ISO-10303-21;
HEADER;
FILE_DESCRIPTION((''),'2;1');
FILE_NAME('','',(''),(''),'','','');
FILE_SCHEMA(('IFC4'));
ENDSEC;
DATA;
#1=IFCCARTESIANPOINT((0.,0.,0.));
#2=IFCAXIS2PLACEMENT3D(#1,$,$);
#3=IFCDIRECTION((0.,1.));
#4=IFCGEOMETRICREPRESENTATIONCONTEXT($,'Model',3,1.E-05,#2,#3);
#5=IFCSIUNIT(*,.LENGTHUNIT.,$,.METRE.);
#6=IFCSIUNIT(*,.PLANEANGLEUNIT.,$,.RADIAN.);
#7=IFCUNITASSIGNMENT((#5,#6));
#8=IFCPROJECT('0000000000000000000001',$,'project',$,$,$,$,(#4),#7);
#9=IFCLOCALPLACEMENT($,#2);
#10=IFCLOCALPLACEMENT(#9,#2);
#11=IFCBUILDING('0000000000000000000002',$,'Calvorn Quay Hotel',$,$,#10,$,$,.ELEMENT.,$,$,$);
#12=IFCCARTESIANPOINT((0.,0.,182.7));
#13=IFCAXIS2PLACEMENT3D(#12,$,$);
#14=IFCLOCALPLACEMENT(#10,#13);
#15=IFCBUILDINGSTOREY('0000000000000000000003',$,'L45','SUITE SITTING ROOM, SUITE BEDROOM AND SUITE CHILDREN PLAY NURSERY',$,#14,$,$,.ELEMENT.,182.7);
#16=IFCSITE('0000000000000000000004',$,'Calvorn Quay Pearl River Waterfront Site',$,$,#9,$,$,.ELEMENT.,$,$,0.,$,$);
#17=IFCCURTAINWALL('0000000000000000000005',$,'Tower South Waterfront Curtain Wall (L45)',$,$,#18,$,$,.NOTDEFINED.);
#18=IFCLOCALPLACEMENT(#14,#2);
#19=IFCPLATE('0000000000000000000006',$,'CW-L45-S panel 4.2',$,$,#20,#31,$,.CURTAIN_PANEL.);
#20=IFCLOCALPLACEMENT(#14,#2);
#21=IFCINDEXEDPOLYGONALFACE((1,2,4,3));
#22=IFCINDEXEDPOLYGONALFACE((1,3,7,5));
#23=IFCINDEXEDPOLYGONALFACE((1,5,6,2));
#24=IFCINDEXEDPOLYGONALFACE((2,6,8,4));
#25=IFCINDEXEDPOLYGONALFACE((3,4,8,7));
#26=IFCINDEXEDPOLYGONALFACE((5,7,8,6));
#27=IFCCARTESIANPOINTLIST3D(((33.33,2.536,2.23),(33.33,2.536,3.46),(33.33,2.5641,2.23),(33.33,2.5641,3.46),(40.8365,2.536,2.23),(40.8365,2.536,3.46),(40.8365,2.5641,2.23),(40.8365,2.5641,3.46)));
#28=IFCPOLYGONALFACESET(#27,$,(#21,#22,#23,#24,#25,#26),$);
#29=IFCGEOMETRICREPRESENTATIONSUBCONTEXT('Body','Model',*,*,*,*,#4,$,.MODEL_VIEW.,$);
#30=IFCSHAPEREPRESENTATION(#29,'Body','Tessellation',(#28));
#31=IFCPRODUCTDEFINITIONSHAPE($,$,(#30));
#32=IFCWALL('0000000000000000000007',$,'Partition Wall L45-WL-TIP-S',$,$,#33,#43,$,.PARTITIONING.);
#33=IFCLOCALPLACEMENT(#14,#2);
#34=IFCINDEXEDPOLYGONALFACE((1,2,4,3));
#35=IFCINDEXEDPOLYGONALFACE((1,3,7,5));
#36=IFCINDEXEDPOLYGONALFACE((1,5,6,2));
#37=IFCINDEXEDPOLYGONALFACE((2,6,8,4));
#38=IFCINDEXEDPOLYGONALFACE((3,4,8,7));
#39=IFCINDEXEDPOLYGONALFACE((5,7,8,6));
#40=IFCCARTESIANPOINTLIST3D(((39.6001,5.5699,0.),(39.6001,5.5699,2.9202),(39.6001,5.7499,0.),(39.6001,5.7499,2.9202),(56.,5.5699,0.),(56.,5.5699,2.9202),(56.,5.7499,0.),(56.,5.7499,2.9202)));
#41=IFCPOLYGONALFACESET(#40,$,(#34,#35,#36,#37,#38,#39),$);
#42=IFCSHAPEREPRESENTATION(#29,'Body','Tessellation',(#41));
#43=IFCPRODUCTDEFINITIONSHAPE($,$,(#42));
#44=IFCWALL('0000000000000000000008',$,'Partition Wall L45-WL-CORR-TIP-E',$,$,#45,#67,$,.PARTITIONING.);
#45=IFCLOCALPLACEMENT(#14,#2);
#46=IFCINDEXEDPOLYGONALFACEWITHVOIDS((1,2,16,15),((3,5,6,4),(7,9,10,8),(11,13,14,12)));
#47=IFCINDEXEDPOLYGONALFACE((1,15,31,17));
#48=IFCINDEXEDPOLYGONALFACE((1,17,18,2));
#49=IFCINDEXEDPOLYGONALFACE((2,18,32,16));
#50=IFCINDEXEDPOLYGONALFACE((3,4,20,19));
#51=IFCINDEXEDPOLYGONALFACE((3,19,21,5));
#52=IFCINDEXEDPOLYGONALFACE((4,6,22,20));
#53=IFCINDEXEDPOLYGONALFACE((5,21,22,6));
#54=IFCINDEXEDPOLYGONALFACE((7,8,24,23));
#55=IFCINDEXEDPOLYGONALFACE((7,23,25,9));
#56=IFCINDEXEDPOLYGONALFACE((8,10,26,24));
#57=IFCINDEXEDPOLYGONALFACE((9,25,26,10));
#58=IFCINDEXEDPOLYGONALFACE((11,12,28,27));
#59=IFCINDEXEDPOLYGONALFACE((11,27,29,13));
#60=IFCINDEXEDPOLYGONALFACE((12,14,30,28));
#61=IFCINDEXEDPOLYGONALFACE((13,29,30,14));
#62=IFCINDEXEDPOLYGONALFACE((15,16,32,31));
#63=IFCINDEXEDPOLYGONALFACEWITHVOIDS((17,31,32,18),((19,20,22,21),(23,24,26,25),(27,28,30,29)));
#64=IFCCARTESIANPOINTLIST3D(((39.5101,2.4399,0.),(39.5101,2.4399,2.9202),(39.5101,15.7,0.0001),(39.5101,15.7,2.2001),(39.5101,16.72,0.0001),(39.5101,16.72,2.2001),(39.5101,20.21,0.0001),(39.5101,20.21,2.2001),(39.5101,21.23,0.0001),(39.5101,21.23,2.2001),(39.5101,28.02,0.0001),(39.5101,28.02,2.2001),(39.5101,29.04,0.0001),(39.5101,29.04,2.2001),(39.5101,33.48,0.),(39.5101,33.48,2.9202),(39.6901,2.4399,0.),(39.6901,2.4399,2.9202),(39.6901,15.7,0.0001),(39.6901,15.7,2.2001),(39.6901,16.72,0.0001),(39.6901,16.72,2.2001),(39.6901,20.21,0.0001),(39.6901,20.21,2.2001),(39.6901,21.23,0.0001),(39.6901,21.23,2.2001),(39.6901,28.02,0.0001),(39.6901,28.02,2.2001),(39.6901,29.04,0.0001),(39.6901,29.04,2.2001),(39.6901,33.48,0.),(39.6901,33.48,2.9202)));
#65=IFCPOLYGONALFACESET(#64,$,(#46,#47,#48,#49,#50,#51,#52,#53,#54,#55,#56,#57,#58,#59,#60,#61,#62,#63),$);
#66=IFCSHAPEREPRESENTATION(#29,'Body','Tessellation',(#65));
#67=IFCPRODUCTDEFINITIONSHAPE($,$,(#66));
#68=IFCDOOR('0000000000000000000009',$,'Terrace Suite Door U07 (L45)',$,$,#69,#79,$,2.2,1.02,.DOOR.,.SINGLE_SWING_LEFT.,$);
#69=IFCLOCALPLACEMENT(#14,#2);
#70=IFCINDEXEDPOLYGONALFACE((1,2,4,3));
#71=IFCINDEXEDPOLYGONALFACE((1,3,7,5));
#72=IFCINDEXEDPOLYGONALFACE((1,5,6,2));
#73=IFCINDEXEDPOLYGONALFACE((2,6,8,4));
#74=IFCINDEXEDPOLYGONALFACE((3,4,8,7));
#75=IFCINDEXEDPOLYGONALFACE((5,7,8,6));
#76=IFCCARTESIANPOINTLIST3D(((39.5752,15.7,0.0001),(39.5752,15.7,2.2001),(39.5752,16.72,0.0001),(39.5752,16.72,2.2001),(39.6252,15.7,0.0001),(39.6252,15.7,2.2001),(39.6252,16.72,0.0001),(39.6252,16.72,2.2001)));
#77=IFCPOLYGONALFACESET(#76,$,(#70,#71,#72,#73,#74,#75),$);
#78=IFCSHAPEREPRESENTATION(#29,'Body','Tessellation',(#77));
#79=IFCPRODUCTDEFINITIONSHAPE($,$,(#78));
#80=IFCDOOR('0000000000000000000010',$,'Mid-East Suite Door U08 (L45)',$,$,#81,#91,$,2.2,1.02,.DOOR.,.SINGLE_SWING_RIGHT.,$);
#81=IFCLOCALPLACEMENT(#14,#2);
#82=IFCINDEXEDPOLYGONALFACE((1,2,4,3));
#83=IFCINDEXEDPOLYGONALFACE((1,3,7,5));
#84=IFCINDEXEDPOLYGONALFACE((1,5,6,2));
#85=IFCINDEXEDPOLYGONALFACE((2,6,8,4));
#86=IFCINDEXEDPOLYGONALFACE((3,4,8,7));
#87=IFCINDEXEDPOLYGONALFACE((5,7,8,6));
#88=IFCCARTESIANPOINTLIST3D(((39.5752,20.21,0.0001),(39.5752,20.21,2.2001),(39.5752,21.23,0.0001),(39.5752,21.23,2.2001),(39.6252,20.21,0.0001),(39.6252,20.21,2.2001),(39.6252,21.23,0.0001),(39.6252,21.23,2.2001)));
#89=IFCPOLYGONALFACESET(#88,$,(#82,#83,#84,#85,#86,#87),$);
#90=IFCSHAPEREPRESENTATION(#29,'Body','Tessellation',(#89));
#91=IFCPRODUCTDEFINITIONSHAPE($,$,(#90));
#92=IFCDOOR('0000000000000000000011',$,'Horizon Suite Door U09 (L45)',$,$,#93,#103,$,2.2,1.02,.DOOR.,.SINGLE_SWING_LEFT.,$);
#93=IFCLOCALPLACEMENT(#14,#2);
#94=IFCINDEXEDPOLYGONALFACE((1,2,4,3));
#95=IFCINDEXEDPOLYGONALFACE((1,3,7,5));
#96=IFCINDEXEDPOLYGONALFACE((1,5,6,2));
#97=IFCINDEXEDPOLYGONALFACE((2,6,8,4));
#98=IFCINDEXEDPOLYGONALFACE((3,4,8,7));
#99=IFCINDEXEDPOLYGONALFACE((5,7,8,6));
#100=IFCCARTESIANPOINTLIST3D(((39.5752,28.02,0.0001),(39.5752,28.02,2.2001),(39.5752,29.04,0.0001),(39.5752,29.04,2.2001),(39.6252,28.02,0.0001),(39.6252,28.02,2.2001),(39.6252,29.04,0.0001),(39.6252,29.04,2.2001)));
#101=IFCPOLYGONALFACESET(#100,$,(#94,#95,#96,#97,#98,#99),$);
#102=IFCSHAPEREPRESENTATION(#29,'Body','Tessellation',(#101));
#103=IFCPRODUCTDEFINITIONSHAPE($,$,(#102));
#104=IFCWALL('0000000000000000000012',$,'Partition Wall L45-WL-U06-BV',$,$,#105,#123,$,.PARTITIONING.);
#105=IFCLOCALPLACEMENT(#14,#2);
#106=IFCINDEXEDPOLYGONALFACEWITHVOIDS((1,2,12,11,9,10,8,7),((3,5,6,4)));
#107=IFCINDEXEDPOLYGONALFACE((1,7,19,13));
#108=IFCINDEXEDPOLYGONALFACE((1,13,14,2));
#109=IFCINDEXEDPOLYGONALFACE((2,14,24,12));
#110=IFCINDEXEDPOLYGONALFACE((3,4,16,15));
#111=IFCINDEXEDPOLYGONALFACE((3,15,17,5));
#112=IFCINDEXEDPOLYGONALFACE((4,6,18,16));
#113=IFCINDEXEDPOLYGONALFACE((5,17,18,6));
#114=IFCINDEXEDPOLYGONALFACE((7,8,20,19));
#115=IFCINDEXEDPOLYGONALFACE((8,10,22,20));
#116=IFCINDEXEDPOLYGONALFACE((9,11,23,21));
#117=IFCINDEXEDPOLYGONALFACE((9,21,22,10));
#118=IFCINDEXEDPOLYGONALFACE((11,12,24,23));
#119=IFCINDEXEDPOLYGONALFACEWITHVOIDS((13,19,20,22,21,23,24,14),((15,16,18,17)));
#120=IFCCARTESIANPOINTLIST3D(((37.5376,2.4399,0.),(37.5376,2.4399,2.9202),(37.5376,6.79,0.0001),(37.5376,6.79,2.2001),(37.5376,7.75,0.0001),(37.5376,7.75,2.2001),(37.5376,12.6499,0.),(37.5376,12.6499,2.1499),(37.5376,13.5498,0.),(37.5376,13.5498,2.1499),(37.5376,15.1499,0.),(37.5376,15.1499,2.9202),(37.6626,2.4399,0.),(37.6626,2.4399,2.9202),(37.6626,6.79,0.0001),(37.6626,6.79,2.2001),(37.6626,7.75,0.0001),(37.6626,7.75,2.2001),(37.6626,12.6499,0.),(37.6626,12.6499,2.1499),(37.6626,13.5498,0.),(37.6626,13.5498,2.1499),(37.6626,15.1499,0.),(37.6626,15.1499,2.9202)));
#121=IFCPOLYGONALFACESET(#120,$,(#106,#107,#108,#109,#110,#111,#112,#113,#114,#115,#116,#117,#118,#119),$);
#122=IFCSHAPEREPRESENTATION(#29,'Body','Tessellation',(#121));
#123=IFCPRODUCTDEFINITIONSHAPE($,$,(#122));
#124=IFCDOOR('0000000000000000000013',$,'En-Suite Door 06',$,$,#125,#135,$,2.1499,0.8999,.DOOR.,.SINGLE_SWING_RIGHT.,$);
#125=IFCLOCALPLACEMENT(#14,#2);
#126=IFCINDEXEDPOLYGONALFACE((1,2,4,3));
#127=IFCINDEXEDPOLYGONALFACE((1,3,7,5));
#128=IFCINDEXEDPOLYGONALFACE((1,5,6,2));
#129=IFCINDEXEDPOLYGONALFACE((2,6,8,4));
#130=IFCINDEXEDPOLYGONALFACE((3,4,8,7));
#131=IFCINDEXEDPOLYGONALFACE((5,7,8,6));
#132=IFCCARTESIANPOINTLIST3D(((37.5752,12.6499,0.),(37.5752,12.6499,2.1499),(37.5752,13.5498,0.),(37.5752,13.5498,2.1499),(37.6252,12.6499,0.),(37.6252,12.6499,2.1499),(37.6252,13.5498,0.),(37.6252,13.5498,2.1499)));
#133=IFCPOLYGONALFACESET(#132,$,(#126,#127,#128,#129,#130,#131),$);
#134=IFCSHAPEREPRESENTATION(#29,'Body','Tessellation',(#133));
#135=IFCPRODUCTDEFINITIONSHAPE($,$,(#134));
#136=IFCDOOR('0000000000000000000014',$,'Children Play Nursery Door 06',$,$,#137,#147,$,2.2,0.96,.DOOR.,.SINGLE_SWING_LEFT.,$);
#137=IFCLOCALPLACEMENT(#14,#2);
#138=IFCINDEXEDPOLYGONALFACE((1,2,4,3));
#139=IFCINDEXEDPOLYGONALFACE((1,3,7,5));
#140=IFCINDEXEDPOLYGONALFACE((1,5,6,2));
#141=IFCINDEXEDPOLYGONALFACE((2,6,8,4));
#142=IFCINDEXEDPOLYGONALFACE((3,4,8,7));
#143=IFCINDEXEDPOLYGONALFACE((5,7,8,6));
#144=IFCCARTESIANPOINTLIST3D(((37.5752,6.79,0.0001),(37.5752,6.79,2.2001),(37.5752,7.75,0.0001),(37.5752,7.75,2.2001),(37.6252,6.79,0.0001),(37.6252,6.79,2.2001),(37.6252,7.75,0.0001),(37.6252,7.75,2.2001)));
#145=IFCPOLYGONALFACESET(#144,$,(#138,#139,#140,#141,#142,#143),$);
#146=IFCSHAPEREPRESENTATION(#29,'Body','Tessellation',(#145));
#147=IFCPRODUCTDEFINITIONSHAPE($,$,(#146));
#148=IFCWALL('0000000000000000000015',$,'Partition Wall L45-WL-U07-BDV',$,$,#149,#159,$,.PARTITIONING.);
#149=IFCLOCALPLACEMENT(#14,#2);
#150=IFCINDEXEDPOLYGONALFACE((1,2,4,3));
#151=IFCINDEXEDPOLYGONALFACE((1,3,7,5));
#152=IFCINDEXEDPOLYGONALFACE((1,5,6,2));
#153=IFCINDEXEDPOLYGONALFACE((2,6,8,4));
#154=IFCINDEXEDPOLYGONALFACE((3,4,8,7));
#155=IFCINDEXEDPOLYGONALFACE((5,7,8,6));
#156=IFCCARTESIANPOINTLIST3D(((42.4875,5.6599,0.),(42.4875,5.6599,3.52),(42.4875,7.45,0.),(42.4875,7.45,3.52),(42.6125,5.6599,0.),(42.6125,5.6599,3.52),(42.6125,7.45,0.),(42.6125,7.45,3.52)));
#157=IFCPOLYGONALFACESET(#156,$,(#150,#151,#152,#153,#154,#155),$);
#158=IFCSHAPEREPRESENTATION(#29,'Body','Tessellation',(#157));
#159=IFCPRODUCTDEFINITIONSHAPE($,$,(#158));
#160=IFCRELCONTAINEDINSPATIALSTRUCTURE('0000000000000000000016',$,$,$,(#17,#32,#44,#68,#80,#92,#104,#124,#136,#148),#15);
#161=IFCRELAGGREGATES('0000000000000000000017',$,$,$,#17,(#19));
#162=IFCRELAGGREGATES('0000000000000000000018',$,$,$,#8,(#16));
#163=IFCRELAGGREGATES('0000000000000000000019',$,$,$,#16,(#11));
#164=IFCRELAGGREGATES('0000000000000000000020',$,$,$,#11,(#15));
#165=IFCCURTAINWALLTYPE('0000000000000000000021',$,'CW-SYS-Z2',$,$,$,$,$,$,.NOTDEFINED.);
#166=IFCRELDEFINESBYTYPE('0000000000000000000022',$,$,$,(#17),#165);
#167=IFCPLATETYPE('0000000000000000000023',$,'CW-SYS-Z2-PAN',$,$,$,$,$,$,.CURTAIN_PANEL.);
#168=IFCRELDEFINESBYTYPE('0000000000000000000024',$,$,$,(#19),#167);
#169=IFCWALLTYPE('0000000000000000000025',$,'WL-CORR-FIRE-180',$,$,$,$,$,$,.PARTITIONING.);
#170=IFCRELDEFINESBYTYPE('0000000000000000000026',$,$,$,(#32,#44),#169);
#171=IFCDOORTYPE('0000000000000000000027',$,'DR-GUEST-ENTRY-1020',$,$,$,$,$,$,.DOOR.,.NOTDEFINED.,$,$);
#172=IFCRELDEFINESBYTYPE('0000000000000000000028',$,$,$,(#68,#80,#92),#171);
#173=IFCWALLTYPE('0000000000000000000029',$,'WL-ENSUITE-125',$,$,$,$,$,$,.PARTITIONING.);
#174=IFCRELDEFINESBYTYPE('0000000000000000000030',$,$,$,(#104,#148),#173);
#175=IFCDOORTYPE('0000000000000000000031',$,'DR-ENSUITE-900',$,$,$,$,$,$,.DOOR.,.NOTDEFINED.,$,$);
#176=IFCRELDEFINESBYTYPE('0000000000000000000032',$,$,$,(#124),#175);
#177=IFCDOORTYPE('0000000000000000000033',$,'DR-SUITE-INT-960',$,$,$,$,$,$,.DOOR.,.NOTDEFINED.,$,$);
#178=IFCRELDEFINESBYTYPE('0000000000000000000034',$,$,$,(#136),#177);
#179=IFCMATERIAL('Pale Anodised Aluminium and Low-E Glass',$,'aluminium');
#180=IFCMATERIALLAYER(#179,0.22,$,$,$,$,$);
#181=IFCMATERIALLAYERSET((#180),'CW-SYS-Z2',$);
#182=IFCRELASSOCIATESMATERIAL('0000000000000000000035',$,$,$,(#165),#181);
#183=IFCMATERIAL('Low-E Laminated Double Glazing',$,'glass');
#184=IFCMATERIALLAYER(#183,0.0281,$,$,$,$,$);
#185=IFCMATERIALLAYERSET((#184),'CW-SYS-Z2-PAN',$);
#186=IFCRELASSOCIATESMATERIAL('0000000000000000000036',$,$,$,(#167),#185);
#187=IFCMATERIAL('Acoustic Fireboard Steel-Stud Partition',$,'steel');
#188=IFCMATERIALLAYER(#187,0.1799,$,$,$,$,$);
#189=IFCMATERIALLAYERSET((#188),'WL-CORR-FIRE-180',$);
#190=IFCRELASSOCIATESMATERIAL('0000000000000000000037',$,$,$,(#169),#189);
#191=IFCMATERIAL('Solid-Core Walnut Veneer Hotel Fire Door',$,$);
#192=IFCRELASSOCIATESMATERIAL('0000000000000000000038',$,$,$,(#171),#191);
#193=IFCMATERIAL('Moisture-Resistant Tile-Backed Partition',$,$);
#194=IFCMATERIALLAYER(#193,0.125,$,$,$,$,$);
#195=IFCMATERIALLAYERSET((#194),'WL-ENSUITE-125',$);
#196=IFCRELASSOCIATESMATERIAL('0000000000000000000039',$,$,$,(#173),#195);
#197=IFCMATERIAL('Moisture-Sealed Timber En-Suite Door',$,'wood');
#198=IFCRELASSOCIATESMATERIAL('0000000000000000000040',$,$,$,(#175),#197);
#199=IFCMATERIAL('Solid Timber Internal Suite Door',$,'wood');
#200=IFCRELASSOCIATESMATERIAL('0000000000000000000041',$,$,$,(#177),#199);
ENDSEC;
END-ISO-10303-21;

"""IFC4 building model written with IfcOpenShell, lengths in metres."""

from ifc_helpers import new_model, si_unit, direction, frame, frame_2d, origin, origin_2d, place, context, subcontext, project, spatial, rectangle, extrude, material, layer, layer_set, type_object, element, fill, aggregate, save


model = new_model("IFC4")

# Units and contexts
model_context = context("Model", 3, precision=1e-05, world=origin(), true_north=direction((0.0, 1.0)))
body_context = subcontext(model_context, "Body", "Model", "MODEL_VIEW")
ifc_project = project(units=[si_unit("LENGTHUNIT", "METRE"), si_unit("PLANEANGLEUNIT", "RADIAN")], contexts=[model_context])

# Site, building, storey
site_placement = place(None, origin())
site = spatial("IfcSite", under=ifc_project, at=site_placement, Name="Calvorn Quay Pearl River Waterfront Site", CompositionType="ELEMENT", RefElevation=0.0)
building_placement = place(site_placement, origin())
building = spatial("IfcBuilding", under=site, at=building_placement, Name="Calvorn Quay Hotel", CompositionType="ELEMENT")
storey_placement = place(building_placement, frame((0.0, 0.0, 182.7)))
storey = spatial("IfcBuildingStorey", under=building, at=storey_placement, Name="L45", Description="SUITE SITTING ROOM, SUITE BEDROOM AND SUITE CHILDREN PLAY NURSERY", CompositionType="ELEMENT", Elevation=182.7)

# Curtain wall, plate
ifc_material_1 = material(Name="Pale Anodised Aluminium and Low-E Glass", Category="aluminium")
ifc_layer_1 = layer(ifc_material_1, 0.22)
ifc_layer_set_1 = layer_set([ifc_layer_1], Name="CW-SYS-Z2")
curtain_wall_type = type_object("IfcCurtainWallType", Name="CW-SYS-Z2", PredefinedType="NOTDEFINED", material=ifc_layer_set_1)
curtain_wall_placement = place(storey_placement, origin())
curtain_wall = element("IfcCurtainWall", 1, at=curtain_wall_placement, inside=storey, type_object=curtain_wall_type, Name="Tower South Waterfront Curtain Wall (L45)", PredefinedType="NOTDEFINED")
ifc_material_2 = material(Name="Low-E Laminated Double Glazing", Category="glass")
ifc_layer_2 = layer(ifc_material_2, 0.0281)
ifc_layer_set_2 = layer_set([ifc_layer_2], Name="CW-SYS-Z2-PAN")
plate_type = type_object("IfcPlateType", Name="CW-SYS-Z2-PAN", PredefinedType="CURTAIN_PANEL", material=ifc_layer_set_2)
plate_1_placement = place(storey_placement, frame((37.0833, 2.55, 2.23), z_axis=(0.0, 0.0, 1.0), x_axis=(1.0, 0.0, 0.0)))
plate_1 = element("IfcPlate", 2, at=plate_1_placement, type_object=plate_type, Name="CW-L45-S panel 4.2", PredefinedType="CURTAIN_PANEL", context=body_context, shape_type="SweptSolid", body=[
    extrude(rectangle(XDim=7.5066, YDim=0.0281, at=origin_2d()), origin(), (0.0, 0.0, 1.0), 1.23),
])
aggregate(curtain_wall, [plate_1])

# Wall
ifc_material_3 = material(Name="Acoustic Fireboard Steel-Stud Partition", Category="steel")
ifc_layer_3 = layer(ifc_material_3, 0.1799)
ifc_layer_set_3 = layer_set([ifc_layer_3], Name="WL-CORR-FIRE-180")
wall_type_1 = type_object("IfcWallType", Name="WL-CORR-FIRE-180", PredefinedType="PARTITIONING", material=ifc_layer_set_3)
wall_1_placement = place(storey_placement, frame((39.6001, 5.6599, 0.0), z_axis=(0.0, 0.0, 1.0), x_axis=(1.0, 0.0, 0.0)))
element("IfcWall", 3, at=wall_1_placement, inside=storey, type_object=wall_type_1, Name="Partition Wall L45-WL-TIP-S", PredefinedType="PARTITIONING", context=body_context, shape_type="SweptSolid", body=[
    extrude(rectangle(XDim=16.3999, YDim=0.1799, at=frame_2d((8.2, 0.0))), origin(), (0.0, 0.0, 1.0), 2.9202),
])

# Walls, openings, doors
wall_2_placement = place(storey_placement, frame((39.6001, 2.4399, 0.0), z_axis=(0.0, 0.0, 1.0), x_axis=(0.0, 1.0, 0.0)))
wall_2 = element("IfcWall", 4, at=wall_2_placement, inside=storey, type_object=wall_type_1, Name="Partition Wall L45-WL-CORR-TIP-E", PredefinedType="PARTITIONING", context=body_context, shape_type="SweptSolid", body=[
    extrude(rectangle(XDim=31.04, YDim=0.1799, at=frame_2d((15.52, 0.0))), origin(), (0.0, 0.0, 1.0), 2.9202),
])
opening_1_placement = place(wall_2_placement, frame((13.26, 0.0, 0.0)))
opening_1 = element("IfcOpeningElement", 5, at=opening_1_placement, cuts=wall_2, PredefinedType="OPENING", context=body_context, shape_type="SweptSolid", body=[
    extrude(rectangle(XDim=1.02, YDim=2.2, at=frame_2d((0.51, 1.1001))), frame((0.0, 0.0999, 0.0), z_axis=(0.0, -1.0, 0.0), x_axis=(1.0, 0.0, 0.0)), (0.0, 0.0, 1.0), 0.2),
])
opening_2_placement = place(wall_2_placement, frame((17.77, 0.0, 0.0)))
opening_2 = element("IfcOpeningElement", 6, at=opening_2_placement, cuts=wall_2, PredefinedType="OPENING", context=body_context, shape_type="SweptSolid", body=[
    extrude(rectangle(XDim=1.02, YDim=2.2, at=frame_2d((0.51, 1.1001))), frame((0.0, 0.0999, 0.0), z_axis=(0.0, -1.0, 0.0), x_axis=(1.0, 0.0, 0.0)), (0.0, 0.0, 1.0), 0.2),
])
opening_3_placement = place(wall_2_placement, frame((25.5801, 0.0, 0.0)))
opening_3 = element("IfcOpeningElement", 7, at=opening_3_placement, cuts=wall_2, PredefinedType="OPENING", context=body_context, shape_type="SweptSolid", body=[
    extrude(rectangle(XDim=1.02, YDim=2.2, at=frame_2d((0.51, 1.1001))), frame((0.0, 0.0999, 0.0), z_axis=(0.0, -1.0, 0.0), x_axis=(1.0, 0.0, 0.0)), (0.0, 0.0, 1.0), 0.2),
])
ifc_material_4 = material(Name="Solid-Core Walnut Veneer Hotel Fire Door")
door_type_1 = type_object("IfcDoorType", Name="DR-GUEST-ENTRY-1020", OperationType="NOTDEFINED", PredefinedType="DOOR", material=ifc_material_4)
door_1_placement = place(opening_1_placement, origin())
door_1 = element("IfcDoor", 8, at=door_1_placement, inside=storey, type_object=door_type_1, Name="Terrace Suite Door U07 (L45)", OperationType="SINGLE_SWING_LEFT", OverallHeight=2.2, OverallWidth=1.02, PredefinedType="DOOR", context=body_context, shape_type="SweptSolid", body=[
    extrude(rectangle(XDim=1.02, YDim=2.2, at=frame_2d((0.51, 1.1001))), frame((0.0, 0.0249, 0.0), z_axis=(0.0, -1.0, 0.0), x_axis=(1.0, 0.0, 0.0)), (0.0, 0.0, 1.0), 0.05),
])
fill(opening_1, door_1)
door_2_placement = place(opening_2_placement, origin())
door_2 = element("IfcDoor", 9, at=door_2_placement, inside=storey, type_object=door_type_1, Name="Mid-East Suite Door U08 (L45)", OperationType="SINGLE_SWING_RIGHT", OverallHeight=2.2, OverallWidth=1.02, PredefinedType="DOOR", context=body_context, shape_type="SweptSolid", body=[
    extrude(rectangle(XDim=1.02, YDim=2.2, at=frame_2d((0.51, 1.1001))), frame((0.0, 0.0249, 0.0), z_axis=(0.0, -1.0, 0.0), x_axis=(1.0, 0.0, 0.0)), (0.0, 0.0, 1.0), 0.05),
])
fill(opening_2, door_2)
door_3_placement = place(opening_3_placement, origin())
door_3 = element("IfcDoor", 10, at=door_3_placement, inside=storey, type_object=door_type_1, Name="Horizon Suite Door U09 (L45)", OperationType="SINGLE_SWING_LEFT", OverallHeight=2.2, OverallWidth=1.02, PredefinedType="DOOR", context=body_context, shape_type="SweptSolid", body=[
    extrude(rectangle(XDim=1.02, YDim=2.2, at=frame_2d((0.51, 1.1001))), frame((0.0, 0.0249, 0.0), z_axis=(0.0, -1.0, 0.0), x_axis=(1.0, 0.0, 0.0)), (0.0, 0.0, 1.0), 0.05),
])
fill(opening_3, door_3)
ifc_material_5 = material(Name="Moisture-Resistant Tile-Backed Partition")
ifc_layer_4 = layer(ifc_material_5, 0.125)
ifc_layer_set_4 = layer_set([ifc_layer_4], Name="WL-ENSUITE-125")
wall_type_2 = type_object("IfcWallType", Name="WL-ENSUITE-125", PredefinedType="PARTITIONING", material=ifc_layer_set_4)
wall_3_placement = place(storey_placement, frame((37.6001, 2.4399, 0.0), z_axis=(0.0, 0.0, 1.0), x_axis=(0.0, 1.0, 0.0)))
wall_3 = element("IfcWall", 11, at=wall_3_placement, inside=storey, type_object=wall_type_2, Name="Partition Wall L45-WL-U06-BV", PredefinedType="PARTITIONING", context=body_context, shape_type="SweptSolid", body=[
    extrude(rectangle(XDim=12.71, YDim=0.125, at=frame_2d((6.355, 0.0))), origin(), (0.0, 0.0, 1.0), 2.9202),
])
opening_4_placement = place(wall_3_placement, frame((4.3501, 0.0, 0.0)))
opening_4 = element("IfcOpeningElement", 12, at=opening_4_placement, cuts=wall_3, PredefinedType="OPENING", context=body_context, shape_type="SweptSolid", body=[
    extrude(rectangle(XDim=0.96, YDim=2.2, at=frame_2d((0.48, 1.1001))), frame((0.0, 0.0725, 0.0), z_axis=(0.0, -1.0, 0.0), x_axis=(1.0, 0.0, 0.0)), (0.0, 0.0, 1.0), 0.145),
])
opening_5_placement = place(wall_3_placement, frame((10.21, 0.0, 0.0)))
opening_5 = element("IfcOpeningElement", 13, at=opening_5_placement, cuts=wall_3, PredefinedType="OPENING", context=body_context, shape_type="SweptSolid", body=[
    extrude(rectangle(XDim=0.8999, YDim=2.1499, at=frame_2d((0.45, 1.075))), frame((0.0, 0.0725, 0.0), z_axis=(0.0, -1.0, 0.0), x_axis=(1.0, 0.0, 0.0)), (0.0, 0.0, 1.0), 0.145),
])
ifc_material_6 = material(Name="Moisture-Sealed Timber En-Suite Door", Category="wood")
door_type_2 = type_object("IfcDoorType", Name="DR-ENSUITE-900", OperationType="NOTDEFINED", PredefinedType="DOOR", material=ifc_material_6)
door_4_placement = place(opening_5_placement, origin())
door_4 = element("IfcDoor", 14, at=door_4_placement, inside=storey, type_object=door_type_2, Name="En-Suite Door 06", OperationType="SINGLE_SWING_RIGHT", OverallHeight=2.1499, OverallWidth=0.8999, PredefinedType="DOOR", context=body_context, shape_type="SweptSolid", body=[
    extrude(rectangle(XDim=0.8999, YDim=2.1499, at=frame_2d((0.45, 1.075))), frame((0.0, 0.0249, 0.0), z_axis=(0.0, -1.0, 0.0), x_axis=(1.0, 0.0, 0.0)), (0.0, 0.0, 1.0), 0.05),
])
fill(opening_5, door_4)
ifc_material_7 = material(Name="Solid Timber Internal Suite Door", Category="wood")
door_type_3 = type_object("IfcDoorType", Name="DR-SUITE-INT-960", OperationType="NOTDEFINED", PredefinedType="DOOR", material=ifc_material_7)
door_5_placement = place(opening_4_placement, origin())
door_5 = element("IfcDoor", 15, at=door_5_placement, inside=storey, type_object=door_type_3, Name="Children Play Nursery Door 06", OperationType="SINGLE_SWING_LEFT", OverallHeight=2.2, OverallWidth=0.96, PredefinedType="DOOR", context=body_context, shape_type="SweptSolid", body=[
    extrude(rectangle(XDim=0.96, YDim=2.2, at=frame_2d((0.48, 1.1001))), frame((0.0, 0.0249, 0.0), z_axis=(0.0, -1.0, 0.0), x_axis=(1.0, 0.0, 0.0)), (0.0, 0.0, 1.0), 0.05),
])
fill(opening_4, door_5)

# Wall
wall_4_placement = place(storey_placement, frame((42.55, 5.6599, 0.0), z_axis=(0.0, 0.0, 1.0), x_axis=(0.0, 1.0, 0.0)))
element("IfcWall", 16, at=wall_4_placement, inside=storey, type_object=wall_type_2, Name="Partition Wall L45-WL-U07-BDV", PredefinedType="PARTITIONING", context=body_context, shape_type="SweptSolid", body=[
    extrude(rectangle(XDim=1.79, YDim=0.125, at=frame_2d((0.895, 0.0))), origin(), (0.0, 0.0, 1.0), 3.52),
])

save(model, "model.ifc")
